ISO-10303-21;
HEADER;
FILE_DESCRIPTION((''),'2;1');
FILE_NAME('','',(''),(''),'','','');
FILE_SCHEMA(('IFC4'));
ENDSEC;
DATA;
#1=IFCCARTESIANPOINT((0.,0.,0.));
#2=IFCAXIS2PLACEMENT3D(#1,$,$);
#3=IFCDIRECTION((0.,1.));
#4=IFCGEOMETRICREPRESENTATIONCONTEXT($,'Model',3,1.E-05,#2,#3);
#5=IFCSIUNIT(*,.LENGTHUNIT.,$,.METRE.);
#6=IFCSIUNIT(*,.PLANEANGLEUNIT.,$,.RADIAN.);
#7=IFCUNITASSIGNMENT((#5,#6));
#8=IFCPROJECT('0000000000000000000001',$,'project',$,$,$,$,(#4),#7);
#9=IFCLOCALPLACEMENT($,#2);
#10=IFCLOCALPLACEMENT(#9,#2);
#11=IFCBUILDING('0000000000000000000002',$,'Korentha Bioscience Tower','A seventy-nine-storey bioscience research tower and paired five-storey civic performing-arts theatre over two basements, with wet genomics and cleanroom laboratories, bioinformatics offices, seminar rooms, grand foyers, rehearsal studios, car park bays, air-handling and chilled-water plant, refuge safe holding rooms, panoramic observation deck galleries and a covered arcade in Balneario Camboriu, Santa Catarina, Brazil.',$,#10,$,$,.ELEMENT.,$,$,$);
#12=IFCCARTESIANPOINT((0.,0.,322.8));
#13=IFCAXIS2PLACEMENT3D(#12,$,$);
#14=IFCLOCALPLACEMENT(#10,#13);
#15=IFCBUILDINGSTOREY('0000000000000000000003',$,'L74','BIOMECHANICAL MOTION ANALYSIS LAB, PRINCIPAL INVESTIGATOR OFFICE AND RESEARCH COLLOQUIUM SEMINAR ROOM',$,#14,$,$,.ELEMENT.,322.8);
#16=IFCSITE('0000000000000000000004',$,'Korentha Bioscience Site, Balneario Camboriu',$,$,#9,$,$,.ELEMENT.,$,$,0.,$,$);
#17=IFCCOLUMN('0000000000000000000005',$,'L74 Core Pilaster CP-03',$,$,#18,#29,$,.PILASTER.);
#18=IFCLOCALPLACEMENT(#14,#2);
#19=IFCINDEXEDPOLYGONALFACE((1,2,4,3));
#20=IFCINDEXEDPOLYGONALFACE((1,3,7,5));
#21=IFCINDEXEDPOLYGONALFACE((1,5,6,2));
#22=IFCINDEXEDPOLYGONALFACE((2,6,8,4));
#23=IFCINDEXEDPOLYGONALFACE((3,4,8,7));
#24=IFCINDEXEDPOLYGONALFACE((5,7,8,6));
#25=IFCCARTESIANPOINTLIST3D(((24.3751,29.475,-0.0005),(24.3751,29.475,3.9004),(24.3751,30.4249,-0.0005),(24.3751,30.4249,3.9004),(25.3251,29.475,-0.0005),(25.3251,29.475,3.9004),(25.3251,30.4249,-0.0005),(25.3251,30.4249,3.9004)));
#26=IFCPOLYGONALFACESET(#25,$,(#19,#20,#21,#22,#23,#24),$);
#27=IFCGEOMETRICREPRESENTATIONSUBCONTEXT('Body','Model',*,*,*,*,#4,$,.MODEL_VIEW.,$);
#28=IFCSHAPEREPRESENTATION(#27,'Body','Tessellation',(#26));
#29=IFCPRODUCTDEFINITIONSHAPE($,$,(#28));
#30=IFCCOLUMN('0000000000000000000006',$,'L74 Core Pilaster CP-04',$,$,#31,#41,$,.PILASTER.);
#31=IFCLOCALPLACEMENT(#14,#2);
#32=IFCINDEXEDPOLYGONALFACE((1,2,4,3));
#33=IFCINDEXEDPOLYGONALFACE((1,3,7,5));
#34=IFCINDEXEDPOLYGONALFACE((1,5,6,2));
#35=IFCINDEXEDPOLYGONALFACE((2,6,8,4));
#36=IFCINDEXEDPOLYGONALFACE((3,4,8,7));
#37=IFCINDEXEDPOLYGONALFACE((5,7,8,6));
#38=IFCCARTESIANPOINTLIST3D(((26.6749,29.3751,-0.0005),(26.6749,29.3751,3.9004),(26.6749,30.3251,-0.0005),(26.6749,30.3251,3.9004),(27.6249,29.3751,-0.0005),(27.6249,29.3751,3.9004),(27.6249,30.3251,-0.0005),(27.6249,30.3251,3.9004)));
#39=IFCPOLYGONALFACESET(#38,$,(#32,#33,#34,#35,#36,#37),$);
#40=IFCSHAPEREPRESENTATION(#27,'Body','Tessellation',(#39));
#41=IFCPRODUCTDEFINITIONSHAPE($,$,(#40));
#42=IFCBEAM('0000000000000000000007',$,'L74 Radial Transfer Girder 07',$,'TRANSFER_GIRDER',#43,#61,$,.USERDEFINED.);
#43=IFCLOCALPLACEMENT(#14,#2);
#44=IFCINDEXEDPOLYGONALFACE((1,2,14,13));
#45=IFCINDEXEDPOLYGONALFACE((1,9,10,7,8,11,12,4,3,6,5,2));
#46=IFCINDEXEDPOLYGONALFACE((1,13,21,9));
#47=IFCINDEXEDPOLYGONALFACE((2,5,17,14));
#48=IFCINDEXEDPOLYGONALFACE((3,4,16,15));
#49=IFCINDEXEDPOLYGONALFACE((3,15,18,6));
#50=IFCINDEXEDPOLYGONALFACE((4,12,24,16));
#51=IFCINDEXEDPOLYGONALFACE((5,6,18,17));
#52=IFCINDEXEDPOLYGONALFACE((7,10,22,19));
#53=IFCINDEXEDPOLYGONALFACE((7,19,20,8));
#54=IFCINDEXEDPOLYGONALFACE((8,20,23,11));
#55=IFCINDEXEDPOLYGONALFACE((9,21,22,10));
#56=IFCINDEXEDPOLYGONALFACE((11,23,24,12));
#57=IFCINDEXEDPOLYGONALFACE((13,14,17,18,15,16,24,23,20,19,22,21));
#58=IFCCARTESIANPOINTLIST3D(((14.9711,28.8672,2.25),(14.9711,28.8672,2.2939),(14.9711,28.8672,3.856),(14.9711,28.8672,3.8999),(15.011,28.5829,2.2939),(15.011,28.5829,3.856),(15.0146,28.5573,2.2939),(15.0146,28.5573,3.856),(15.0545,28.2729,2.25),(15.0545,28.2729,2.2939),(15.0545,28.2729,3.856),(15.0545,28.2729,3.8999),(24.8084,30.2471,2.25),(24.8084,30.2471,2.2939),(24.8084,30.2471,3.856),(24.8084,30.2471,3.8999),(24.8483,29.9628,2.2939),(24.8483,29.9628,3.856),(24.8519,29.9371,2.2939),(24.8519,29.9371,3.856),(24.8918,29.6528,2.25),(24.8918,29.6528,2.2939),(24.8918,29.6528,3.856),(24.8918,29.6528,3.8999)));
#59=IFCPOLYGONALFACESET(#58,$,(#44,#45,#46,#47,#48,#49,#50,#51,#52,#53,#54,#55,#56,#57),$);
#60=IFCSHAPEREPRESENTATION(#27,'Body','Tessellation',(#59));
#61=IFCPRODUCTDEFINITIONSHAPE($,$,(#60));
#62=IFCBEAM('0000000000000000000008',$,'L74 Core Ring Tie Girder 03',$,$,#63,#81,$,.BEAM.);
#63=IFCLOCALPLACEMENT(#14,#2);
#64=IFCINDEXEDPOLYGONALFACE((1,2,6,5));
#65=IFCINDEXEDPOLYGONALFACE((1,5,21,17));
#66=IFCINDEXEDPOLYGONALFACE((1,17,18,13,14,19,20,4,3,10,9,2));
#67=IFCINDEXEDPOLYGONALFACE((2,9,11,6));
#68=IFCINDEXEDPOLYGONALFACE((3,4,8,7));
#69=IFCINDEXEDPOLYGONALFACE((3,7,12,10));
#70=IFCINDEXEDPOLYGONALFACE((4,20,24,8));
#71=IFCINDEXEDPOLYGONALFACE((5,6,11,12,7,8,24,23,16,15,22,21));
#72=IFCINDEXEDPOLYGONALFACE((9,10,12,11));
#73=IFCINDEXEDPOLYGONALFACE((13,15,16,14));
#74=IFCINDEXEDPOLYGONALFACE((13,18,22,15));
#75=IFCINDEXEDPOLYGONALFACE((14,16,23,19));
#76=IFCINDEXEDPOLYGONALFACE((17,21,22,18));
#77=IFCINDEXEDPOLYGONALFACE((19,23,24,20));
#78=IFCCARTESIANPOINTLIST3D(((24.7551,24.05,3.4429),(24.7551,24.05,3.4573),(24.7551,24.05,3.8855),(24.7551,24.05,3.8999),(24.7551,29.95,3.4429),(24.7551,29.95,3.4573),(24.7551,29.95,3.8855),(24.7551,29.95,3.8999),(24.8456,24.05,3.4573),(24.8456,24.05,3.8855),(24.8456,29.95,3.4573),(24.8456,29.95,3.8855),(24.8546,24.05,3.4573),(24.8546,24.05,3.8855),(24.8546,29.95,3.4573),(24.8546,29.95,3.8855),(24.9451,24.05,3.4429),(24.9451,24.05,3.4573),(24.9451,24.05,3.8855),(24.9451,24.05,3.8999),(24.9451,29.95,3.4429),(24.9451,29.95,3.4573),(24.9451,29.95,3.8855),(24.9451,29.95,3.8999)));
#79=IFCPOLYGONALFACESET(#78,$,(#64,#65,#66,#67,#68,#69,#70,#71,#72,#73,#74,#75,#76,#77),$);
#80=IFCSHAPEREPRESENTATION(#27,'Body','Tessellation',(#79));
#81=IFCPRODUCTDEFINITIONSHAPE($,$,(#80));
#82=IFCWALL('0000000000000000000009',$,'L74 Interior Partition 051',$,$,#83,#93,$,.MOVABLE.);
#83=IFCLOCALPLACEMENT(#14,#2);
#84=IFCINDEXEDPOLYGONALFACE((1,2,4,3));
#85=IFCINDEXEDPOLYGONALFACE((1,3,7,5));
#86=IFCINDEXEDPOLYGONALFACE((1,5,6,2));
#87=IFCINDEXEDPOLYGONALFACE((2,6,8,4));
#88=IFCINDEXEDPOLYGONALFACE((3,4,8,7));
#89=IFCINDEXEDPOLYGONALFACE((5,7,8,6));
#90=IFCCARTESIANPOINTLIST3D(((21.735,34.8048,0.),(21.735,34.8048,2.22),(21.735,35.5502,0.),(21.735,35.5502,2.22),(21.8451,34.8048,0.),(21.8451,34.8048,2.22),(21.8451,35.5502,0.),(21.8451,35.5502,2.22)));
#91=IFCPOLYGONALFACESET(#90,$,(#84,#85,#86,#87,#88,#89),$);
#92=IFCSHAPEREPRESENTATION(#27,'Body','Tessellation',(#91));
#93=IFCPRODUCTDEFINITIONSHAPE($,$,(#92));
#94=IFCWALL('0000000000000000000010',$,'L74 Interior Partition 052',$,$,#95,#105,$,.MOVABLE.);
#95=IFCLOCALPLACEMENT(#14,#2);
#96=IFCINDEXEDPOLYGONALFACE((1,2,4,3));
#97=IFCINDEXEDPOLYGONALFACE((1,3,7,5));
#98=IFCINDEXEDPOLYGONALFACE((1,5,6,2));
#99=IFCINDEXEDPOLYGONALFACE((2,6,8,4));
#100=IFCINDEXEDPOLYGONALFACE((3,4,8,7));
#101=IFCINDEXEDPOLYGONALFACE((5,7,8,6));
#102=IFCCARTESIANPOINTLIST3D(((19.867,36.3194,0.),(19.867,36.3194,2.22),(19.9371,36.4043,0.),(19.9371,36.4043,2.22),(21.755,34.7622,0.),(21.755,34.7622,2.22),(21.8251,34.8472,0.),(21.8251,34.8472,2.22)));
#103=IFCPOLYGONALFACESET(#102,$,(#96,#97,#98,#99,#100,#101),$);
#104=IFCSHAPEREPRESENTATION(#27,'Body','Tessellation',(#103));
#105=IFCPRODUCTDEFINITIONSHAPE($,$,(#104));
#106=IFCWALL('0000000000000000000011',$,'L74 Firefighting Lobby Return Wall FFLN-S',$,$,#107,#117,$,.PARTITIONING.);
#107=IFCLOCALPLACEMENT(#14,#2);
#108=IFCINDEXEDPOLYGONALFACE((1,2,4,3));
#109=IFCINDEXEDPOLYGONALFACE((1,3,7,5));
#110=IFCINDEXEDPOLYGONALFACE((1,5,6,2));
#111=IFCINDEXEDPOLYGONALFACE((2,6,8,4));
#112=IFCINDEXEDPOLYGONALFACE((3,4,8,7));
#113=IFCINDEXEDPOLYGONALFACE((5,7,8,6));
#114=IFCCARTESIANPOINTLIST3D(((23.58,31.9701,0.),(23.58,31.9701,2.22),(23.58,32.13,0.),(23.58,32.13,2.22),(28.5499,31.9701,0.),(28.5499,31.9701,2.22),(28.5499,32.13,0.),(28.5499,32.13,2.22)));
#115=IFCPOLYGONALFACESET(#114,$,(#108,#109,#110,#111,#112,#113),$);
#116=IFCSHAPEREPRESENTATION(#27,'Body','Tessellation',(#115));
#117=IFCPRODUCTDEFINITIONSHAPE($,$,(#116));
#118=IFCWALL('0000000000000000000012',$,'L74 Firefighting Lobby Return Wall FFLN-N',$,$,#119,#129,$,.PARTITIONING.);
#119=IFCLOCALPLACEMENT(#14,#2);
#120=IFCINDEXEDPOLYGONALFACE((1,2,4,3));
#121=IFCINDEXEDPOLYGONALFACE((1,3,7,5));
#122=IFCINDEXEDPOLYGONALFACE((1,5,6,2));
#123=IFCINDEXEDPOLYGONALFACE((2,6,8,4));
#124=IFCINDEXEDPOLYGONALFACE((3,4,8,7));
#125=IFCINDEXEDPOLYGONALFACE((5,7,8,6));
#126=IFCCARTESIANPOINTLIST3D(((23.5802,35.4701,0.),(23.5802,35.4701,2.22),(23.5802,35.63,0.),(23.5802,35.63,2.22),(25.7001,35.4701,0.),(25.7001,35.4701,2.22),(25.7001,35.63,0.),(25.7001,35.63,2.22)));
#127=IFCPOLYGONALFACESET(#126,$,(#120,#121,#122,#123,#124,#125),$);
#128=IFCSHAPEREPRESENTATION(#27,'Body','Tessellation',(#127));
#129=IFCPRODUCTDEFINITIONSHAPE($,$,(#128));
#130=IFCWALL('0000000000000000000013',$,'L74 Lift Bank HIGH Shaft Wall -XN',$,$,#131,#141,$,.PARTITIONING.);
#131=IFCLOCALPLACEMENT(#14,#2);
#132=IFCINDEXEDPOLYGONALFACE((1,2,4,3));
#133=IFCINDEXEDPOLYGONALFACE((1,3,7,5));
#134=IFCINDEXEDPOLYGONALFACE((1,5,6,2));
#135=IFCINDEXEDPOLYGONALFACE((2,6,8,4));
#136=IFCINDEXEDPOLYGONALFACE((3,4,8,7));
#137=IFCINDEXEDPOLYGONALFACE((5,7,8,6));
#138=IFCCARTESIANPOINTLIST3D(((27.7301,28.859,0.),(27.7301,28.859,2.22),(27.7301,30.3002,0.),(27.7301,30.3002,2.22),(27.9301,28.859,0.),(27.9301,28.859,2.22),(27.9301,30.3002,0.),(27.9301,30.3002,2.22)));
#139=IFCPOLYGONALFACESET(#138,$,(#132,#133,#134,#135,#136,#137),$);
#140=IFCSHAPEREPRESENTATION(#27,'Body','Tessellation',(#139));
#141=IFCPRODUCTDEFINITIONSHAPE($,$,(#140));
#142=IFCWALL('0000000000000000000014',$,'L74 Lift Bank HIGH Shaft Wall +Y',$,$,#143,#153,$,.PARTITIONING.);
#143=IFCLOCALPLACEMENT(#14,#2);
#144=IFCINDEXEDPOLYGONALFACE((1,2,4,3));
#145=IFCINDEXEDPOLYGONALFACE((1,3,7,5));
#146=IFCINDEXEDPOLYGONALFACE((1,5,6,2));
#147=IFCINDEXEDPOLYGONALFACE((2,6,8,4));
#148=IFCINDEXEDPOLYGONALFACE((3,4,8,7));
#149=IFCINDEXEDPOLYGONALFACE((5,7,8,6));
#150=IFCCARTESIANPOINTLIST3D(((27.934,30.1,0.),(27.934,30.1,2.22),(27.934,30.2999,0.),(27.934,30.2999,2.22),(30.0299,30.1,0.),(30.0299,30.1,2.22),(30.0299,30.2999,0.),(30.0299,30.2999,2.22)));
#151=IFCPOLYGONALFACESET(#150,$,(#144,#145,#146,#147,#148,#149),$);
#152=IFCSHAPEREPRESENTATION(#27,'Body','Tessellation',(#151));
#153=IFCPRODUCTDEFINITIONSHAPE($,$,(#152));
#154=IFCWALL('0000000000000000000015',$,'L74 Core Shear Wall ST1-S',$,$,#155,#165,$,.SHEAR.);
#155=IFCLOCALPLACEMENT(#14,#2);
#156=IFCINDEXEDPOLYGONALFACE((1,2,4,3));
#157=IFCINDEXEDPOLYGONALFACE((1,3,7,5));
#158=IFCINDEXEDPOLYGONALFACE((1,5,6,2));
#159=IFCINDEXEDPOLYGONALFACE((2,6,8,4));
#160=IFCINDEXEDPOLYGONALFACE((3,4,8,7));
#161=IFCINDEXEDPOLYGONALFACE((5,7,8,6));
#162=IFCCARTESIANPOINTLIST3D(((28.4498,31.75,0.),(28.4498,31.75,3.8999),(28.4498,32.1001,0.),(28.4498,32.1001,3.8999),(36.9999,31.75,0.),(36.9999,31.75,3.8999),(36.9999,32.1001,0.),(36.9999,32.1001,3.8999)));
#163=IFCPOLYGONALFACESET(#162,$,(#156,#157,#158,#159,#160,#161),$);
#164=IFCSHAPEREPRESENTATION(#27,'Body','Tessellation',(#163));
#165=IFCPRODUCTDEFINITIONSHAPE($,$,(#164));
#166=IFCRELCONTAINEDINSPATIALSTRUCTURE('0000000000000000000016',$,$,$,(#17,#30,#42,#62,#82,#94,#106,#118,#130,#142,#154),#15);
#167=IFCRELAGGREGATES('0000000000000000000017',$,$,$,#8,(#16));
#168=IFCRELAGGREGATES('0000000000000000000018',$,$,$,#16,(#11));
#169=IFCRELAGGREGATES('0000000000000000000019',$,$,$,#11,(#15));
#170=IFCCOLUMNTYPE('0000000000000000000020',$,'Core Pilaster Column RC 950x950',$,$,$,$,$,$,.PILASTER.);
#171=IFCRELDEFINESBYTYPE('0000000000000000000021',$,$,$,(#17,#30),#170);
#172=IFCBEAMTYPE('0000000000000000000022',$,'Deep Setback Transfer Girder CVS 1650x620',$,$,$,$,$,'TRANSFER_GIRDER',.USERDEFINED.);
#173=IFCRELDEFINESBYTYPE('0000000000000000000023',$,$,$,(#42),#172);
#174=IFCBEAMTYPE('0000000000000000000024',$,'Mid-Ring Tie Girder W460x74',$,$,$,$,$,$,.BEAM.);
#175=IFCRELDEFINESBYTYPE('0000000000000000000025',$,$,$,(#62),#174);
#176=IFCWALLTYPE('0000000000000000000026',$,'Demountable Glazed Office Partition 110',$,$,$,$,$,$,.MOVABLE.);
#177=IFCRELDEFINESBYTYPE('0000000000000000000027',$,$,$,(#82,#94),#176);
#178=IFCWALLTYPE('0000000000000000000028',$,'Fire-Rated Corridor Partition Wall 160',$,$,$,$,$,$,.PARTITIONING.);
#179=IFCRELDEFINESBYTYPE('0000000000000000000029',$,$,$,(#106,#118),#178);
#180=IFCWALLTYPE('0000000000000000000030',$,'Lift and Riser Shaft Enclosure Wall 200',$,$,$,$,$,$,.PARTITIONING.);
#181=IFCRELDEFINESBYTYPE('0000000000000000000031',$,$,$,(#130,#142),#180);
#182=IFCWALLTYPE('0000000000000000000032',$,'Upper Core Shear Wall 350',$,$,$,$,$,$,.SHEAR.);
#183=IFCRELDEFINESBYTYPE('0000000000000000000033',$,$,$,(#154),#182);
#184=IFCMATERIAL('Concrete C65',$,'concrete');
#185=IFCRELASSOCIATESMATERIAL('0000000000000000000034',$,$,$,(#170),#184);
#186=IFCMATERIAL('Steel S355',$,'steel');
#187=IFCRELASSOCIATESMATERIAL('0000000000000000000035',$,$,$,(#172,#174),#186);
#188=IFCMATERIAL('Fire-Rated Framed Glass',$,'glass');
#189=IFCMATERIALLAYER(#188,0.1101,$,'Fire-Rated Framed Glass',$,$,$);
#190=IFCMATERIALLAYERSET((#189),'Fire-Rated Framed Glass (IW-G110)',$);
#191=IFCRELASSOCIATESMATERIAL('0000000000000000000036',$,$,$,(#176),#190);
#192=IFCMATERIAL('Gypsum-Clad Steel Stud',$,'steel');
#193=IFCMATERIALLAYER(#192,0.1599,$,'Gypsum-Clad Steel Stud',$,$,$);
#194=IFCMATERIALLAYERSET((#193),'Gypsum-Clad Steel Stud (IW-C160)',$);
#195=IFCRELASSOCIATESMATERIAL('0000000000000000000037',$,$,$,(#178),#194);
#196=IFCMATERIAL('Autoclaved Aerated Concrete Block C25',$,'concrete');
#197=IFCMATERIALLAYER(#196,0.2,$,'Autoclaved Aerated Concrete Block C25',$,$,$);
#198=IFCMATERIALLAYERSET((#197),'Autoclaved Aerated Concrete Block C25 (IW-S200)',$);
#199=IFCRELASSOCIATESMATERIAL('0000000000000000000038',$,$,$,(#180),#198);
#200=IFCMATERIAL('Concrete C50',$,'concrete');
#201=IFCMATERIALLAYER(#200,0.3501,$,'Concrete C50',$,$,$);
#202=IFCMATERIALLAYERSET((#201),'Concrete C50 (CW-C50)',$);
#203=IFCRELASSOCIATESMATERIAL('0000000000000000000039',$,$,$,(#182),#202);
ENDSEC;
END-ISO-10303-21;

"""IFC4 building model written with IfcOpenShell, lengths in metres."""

from ifc_helpers import new_model, si_unit, direction, frame, frame_2d, origin, origin_2d, place, context, subcontext, project, spatial, rectangle, i_section, extrude, material, layer, layer_set, material_profile, profile_set, type_object, element, save


model = new_model("IFC4")

# Units and contexts
model_context = context("Model", 3, precision=1e-05, world=origin(), true_north=direction((0.0, 1.0)))
body_context = subcontext(model_context, "Body", "Model", "MODEL_VIEW")
ifc_project = project(units=[si_unit("LENGTHUNIT", "METRE"), si_unit("PLANEANGLEUNIT", "RADIAN")], contexts=[model_context])

# Site, building, storey
site_placement = place(None, origin())
site = spatial("IfcSite", under=ifc_project, at=site_placement, Name="Korentha Bioscience Site, Balneario Camboriu", CompositionType="ELEMENT", RefElevation=0.0)
building_placement = place(site_placement, origin())
building = spatial("IfcBuilding", under=site, at=building_placement, Name="Korentha Bioscience Tower", Description="A seventy-nine-storey bioscience research tower and paired five-storey civic performing-arts theatre over two basements, with wet genomics and cleanroom laboratories, bioinformatics offices, seminar rooms, grand foyers, rehearsal studios, car park bays, air-handling and chilled-water plant, refuge safe holding rooms, panoramic observation deck galleries and a covered arcade in Balneario Camboriu, Santa Catarina, Brazil.", CompositionType="ELEMENT")
storey_placement = place(building_placement, frame((0.0, 0.0, 322.8)))
storey = spatial("IfcBuildingStorey", under=building, at=storey_placement, Name="L74", Description="BIOMECHANICAL MOTION ANALYSIS LAB, PRINCIPAL INVESTIGATOR OFFICE AND RESEARCH COLLOQUIUM SEMINAR ROOM", CompositionType="ELEMENT", Elevation=322.8)

# Columns
ifc_material_1 = material(Name="Concrete C65", Category="concrete")
ifc_material_profile_1 = material_profile(ifc_material_1, rectangle(XDim=0.95, YDim=0.95, at=origin_2d()), Name="Concrete C65")
ifc_profile_set_1 = profile_set([ifc_material_profile_1], Name="Concrete C65 (COL-CP09)")
column_type = type_object("IfcColumnType", Name="Core Pilaster Column RC 950x950", PredefinedType="PILASTER", material=ifc_profile_set_1)
for number, where, z_axis, x_axis, name in (
    (1, (24.8501, 29.95, -0.0005), (0.0, 0.0, 1.0), (1.0, 0.0, 0.0), "L74 Core Pilaster CP-03"),
    (2, (27.1499, 29.8501, -0.0005), (0.0, 0.0, 1.0), (1.0, 0.0, 0.0), "L74 Core Pilaster CP-04"),
):
    element("IfcColumn", number, at=place(storey_placement, frame(where, z_axis=z_axis, x_axis=x_axis)), inside=storey, type_object=column_type, Name=name, PredefinedType="PILASTER", context=body_context, shape_type="SweptSolid", body=[
        extrude(rectangle(XDim=0.95, YDim=0.95, at=origin_2d()), origin(), (0.0, 0.0, 1.0), 3.9009),
    ])

# Beams
ifc_material_2 = material(Name="Steel S355", Category="steel")
ifc_material_profile_2 = material_profile(ifc_material_2, i_section(OverallWidth=0.6001, OverallDepth=1.6499, WebThickness=0.0259, FlangeThickness=0.0439, at=origin_2d()), Name="Steel S355")
ifc_profile_set_2 = profile_set([ifc_material_profile_2], Name="Steel S355 (TG-04)")
beam_type_1 = type_object("IfcBeamType", Name="Deep Setback Transfer Girder CVS 1650x620", ElementType="TRANSFER_GIRDER", PredefinedType="USERDEFINED", material=ifc_profile_set_2)
beam_1_placement = place(storey_placement, frame((24.8501, 29.95, 3.075), z_axis=(-0.990305, -0.138909, 0.0), x_axis=(0.138909, -0.990305, 0.0)))
element("IfcBeam", 3, at=beam_1_placement, inside=storey, type_object=beam_type_1, Name="L74 Radial Transfer Girder 07", ObjectType="TRANSFER_GIRDER", PredefinedType="USERDEFINED", context=body_context, shape_type="SweptSolid", body=[
    extrude(i_section(OverallWidth=0.6001, OverallDepth=1.6499, WebThickness=0.0259, FlangeThickness=0.0439, at=origin_2d()), origin(), (0.0, 0.0, 1.0), 9.9336),
])
ifc_material_profile_3 = material_profile(ifc_material_2, i_section(OverallWidth=0.1899, OverallDepth=0.457, WebThickness=0.009, FlangeThickness=0.0144, at=origin_2d()), Name="Steel S355")
ifc_profile_set_3 = profile_set([ifc_material_profile_3], Name="Steel S355 (MB-460)")
beam_type_2 = type_object("IfcBeamType", Name="Mid-Ring Tie Girder W460x74", PredefinedType="BEAM", material=ifc_profile_set_3)
beam_2_placement = place(storey_placement, frame((24.8501, 29.95, 3.6714), z_axis=(0.0, -1.0, 0.0), x_axis=(1.0, 0.0, 0.0)))
element("IfcBeam", 4, at=beam_2_placement, inside=storey, type_object=beam_type_2, Name="L74 Core Ring Tie Girder 03", PredefinedType="BEAM", context=body_context, shape_type="SweptSolid", body=[
    extrude(i_section(OverallWidth=0.1899, OverallDepth=0.457, WebThickness=0.009, FlangeThickness=0.0144, at=origin_2d()), origin(), (0.0, 0.0, 1.0), 5.8999),
])

# Shared definitions
ifc_material_3 = material(Name="Fire-Rated Framed Glass", Category="glass")
ifc_layer_1 = layer(ifc_material_3, 0.1101, Name="Fire-Rated Framed Glass")
ifc_layer_set_1 = layer_set([ifc_layer_1], Name="Fire-Rated Framed Glass (IW-G110)")
wall_type_1 = type_object("IfcWallType", Name="Demountable Glazed Office Partition 110", PredefinedType="MOVABLE", material=ifc_layer_set_1)

# Walls
wall_1_placement = place(storey_placement, frame((21.79, 35.55, 0.0), z_axis=(0.0, 0.0, 1.0), x_axis=(0.0, -1.0, 0.0)))
element("IfcWall", 5, at=wall_1_placement, inside=storey, type_object=wall_type_1, Name="L74 Interior Partition 051", PredefinedType="MOVABLE", context=body_context, shape_type="SweptSolid", body=[
    extrude(rectangle(XDim=0.7454, YDim=0.1101, at=frame_2d((0.3726, 0.0))), origin(), (0.0, 0.0, 1.0), 2.22),
])
wall_2_placement = place(storey_placement, frame((21.79, 34.8047, 0.0), z_axis=(0.0, 0.0, 1.0), x_axis=(-0.771458, 0.636281, 0.0)))
element("IfcWall", 6, at=wall_2_placement, inside=storey, type_object=wall_type_1, Name="L74 Interior Partition 052", PredefinedType="MOVABLE", context=body_context, shape_type="SweptSolid", body=[
    extrude(rectangle(XDim=2.4473, YDim=0.1101, at=frame_2d((1.2236, 0.0))), origin(), (0.0, 0.0, 1.0), 2.22),
])

# Shared definitions
ifc_material_4 = material(Name="Gypsum-Clad Steel Stud", Category="steel")
ifc_layer_2 = layer(ifc_material_4, 0.1599, Name="Gypsum-Clad Steel Stud")
ifc_layer_set_2 = layer_set([ifc_layer_2], Name="Gypsum-Clad Steel Stud (IW-C160)")
wall_type_2 = type_object("IfcWallType", Name="Fire-Rated Corridor Partition Wall 160", PredefinedType="PARTITIONING", material=ifc_layer_set_2)

# Walls
wall_3_placement = place(storey_placement, frame((23.5801, 32.05, 0.0), z_axis=(0.0, 0.0, 1.0), x_axis=(1.0, 0.0, 0.0)))
element("IfcWall", 7, at=wall_3_placement, inside=storey, type_object=wall_type_2, Name="L74 Firefighting Lobby Return Wall FFLN-S", PredefinedType="PARTITIONING", context=body_context, shape_type="SweptSolid", body=[
    extrude(rectangle(XDim=4.97, YDim=0.1599, at=frame_2d((2.4849, 0.0))), origin(), (0.0, 0.0, 1.0), 2.22),
])
wall_4_placement = place(storey_placement, frame((23.5801, 35.55, 0.0), z_axis=(0.0, 0.0, 1.0), x_axis=(1.0, 0.0, 0.0)))
element("IfcWall", 8, at=wall_4_placement, inside=storey, type_object=wall_type_2, Name="L74 Firefighting Lobby Return Wall FFLN-N", PredefinedType="PARTITIONING", context=body_context, shape_type="SweptSolid", body=[
    extrude(rectangle(XDim=2.1199, YDim=0.1599, at=frame_2d((1.0601, 0.0))), origin(), (0.0, 0.0, 1.0), 2.22),
])
ifc_material_5 = material(Name="Autoclaved Aerated Concrete Block C25", Category="concrete")
ifc_layer_3 = layer(ifc_material_5, 0.2, Name="Autoclaved Aerated Concrete Block C25")
ifc_layer_set_3 = layer_set([ifc_layer_3], Name="Autoclaved Aerated Concrete Block C25 (IW-S200)")
wall_type_3 = type_object("IfcWallType", Name="Lift and Riser Shaft Enclosure Wall 200", PredefinedType="PARTITIONING", material=ifc_layer_set_3)
wall_5_placement = place(storey_placement, frame((27.8301, 28.8589, 0.0), z_axis=(0.0, 0.0, 1.0), x_axis=(0.0, 1.0, 0.0)))
element("IfcWall", 9, at=wall_5_placement, inside=storey, type_object=wall_type_3, Name="L74 Lift Bank HIGH Shaft Wall -XN", PredefinedType="PARTITIONING", context=body_context, shape_type="SweptSolid", body=[
    extrude(rectangle(XDim=1.4412, YDim=0.2, at=frame_2d((0.7207, 0.0))), origin(), (0.0, 0.0, 1.0), 2.22),
])
wall_6_placement = place(storey_placement, frame((27.9341, 30.2, 0.0), z_axis=(0.0, 0.0, 1.0), x_axis=(1.0, 0.0, 0.0)))
element("IfcWall", 10, at=wall_6_placement, inside=storey, type_object=wall_type_3, Name="L74 Lift Bank HIGH Shaft Wall +Y", PredefinedType="PARTITIONING", context=body_context, shape_type="SweptSolid", body=[
    extrude(rectangle(XDim=2.0959, YDim=0.2, at=frame_2d((1.0479, 0.0))), origin(), (0.0, 0.0, 1.0), 2.22),
])
ifc_material_6 = material(Name="Concrete C50", Category="concrete")
ifc_layer_4 = layer(ifc_material_6, 0.3501, Name="Concrete C50")
ifc_layer_set_4 = layer_set([ifc_layer_4], Name="Concrete C50 (CW-C50)")
wall_type_4 = type_object("IfcWallType", Name="Upper Core Shear Wall 350", PredefinedType="SHEAR", material=ifc_layer_set_4)
wall_7_placement = place(storey_placement, frame((28.45, 31.925, 0.0), z_axis=(0.0, 0.0, 1.0), x_axis=(1.0, 0.0, 0.0)))
element("IfcWall", 11, at=wall_7_placement, inside=storey, type_object=wall_type_4, Name="L74 Core Shear Wall ST1-S", PredefinedType="SHEAR", context=body_context, shape_type="SweptSolid", body=[
    extrude(rectangle(XDim=8.55, YDim=0.3501, at=frame_2d((4.2749, 0.0))), origin(), (0.0, 0.0, 1.0), 3.8999),
])

save(model, "model.ifc")
